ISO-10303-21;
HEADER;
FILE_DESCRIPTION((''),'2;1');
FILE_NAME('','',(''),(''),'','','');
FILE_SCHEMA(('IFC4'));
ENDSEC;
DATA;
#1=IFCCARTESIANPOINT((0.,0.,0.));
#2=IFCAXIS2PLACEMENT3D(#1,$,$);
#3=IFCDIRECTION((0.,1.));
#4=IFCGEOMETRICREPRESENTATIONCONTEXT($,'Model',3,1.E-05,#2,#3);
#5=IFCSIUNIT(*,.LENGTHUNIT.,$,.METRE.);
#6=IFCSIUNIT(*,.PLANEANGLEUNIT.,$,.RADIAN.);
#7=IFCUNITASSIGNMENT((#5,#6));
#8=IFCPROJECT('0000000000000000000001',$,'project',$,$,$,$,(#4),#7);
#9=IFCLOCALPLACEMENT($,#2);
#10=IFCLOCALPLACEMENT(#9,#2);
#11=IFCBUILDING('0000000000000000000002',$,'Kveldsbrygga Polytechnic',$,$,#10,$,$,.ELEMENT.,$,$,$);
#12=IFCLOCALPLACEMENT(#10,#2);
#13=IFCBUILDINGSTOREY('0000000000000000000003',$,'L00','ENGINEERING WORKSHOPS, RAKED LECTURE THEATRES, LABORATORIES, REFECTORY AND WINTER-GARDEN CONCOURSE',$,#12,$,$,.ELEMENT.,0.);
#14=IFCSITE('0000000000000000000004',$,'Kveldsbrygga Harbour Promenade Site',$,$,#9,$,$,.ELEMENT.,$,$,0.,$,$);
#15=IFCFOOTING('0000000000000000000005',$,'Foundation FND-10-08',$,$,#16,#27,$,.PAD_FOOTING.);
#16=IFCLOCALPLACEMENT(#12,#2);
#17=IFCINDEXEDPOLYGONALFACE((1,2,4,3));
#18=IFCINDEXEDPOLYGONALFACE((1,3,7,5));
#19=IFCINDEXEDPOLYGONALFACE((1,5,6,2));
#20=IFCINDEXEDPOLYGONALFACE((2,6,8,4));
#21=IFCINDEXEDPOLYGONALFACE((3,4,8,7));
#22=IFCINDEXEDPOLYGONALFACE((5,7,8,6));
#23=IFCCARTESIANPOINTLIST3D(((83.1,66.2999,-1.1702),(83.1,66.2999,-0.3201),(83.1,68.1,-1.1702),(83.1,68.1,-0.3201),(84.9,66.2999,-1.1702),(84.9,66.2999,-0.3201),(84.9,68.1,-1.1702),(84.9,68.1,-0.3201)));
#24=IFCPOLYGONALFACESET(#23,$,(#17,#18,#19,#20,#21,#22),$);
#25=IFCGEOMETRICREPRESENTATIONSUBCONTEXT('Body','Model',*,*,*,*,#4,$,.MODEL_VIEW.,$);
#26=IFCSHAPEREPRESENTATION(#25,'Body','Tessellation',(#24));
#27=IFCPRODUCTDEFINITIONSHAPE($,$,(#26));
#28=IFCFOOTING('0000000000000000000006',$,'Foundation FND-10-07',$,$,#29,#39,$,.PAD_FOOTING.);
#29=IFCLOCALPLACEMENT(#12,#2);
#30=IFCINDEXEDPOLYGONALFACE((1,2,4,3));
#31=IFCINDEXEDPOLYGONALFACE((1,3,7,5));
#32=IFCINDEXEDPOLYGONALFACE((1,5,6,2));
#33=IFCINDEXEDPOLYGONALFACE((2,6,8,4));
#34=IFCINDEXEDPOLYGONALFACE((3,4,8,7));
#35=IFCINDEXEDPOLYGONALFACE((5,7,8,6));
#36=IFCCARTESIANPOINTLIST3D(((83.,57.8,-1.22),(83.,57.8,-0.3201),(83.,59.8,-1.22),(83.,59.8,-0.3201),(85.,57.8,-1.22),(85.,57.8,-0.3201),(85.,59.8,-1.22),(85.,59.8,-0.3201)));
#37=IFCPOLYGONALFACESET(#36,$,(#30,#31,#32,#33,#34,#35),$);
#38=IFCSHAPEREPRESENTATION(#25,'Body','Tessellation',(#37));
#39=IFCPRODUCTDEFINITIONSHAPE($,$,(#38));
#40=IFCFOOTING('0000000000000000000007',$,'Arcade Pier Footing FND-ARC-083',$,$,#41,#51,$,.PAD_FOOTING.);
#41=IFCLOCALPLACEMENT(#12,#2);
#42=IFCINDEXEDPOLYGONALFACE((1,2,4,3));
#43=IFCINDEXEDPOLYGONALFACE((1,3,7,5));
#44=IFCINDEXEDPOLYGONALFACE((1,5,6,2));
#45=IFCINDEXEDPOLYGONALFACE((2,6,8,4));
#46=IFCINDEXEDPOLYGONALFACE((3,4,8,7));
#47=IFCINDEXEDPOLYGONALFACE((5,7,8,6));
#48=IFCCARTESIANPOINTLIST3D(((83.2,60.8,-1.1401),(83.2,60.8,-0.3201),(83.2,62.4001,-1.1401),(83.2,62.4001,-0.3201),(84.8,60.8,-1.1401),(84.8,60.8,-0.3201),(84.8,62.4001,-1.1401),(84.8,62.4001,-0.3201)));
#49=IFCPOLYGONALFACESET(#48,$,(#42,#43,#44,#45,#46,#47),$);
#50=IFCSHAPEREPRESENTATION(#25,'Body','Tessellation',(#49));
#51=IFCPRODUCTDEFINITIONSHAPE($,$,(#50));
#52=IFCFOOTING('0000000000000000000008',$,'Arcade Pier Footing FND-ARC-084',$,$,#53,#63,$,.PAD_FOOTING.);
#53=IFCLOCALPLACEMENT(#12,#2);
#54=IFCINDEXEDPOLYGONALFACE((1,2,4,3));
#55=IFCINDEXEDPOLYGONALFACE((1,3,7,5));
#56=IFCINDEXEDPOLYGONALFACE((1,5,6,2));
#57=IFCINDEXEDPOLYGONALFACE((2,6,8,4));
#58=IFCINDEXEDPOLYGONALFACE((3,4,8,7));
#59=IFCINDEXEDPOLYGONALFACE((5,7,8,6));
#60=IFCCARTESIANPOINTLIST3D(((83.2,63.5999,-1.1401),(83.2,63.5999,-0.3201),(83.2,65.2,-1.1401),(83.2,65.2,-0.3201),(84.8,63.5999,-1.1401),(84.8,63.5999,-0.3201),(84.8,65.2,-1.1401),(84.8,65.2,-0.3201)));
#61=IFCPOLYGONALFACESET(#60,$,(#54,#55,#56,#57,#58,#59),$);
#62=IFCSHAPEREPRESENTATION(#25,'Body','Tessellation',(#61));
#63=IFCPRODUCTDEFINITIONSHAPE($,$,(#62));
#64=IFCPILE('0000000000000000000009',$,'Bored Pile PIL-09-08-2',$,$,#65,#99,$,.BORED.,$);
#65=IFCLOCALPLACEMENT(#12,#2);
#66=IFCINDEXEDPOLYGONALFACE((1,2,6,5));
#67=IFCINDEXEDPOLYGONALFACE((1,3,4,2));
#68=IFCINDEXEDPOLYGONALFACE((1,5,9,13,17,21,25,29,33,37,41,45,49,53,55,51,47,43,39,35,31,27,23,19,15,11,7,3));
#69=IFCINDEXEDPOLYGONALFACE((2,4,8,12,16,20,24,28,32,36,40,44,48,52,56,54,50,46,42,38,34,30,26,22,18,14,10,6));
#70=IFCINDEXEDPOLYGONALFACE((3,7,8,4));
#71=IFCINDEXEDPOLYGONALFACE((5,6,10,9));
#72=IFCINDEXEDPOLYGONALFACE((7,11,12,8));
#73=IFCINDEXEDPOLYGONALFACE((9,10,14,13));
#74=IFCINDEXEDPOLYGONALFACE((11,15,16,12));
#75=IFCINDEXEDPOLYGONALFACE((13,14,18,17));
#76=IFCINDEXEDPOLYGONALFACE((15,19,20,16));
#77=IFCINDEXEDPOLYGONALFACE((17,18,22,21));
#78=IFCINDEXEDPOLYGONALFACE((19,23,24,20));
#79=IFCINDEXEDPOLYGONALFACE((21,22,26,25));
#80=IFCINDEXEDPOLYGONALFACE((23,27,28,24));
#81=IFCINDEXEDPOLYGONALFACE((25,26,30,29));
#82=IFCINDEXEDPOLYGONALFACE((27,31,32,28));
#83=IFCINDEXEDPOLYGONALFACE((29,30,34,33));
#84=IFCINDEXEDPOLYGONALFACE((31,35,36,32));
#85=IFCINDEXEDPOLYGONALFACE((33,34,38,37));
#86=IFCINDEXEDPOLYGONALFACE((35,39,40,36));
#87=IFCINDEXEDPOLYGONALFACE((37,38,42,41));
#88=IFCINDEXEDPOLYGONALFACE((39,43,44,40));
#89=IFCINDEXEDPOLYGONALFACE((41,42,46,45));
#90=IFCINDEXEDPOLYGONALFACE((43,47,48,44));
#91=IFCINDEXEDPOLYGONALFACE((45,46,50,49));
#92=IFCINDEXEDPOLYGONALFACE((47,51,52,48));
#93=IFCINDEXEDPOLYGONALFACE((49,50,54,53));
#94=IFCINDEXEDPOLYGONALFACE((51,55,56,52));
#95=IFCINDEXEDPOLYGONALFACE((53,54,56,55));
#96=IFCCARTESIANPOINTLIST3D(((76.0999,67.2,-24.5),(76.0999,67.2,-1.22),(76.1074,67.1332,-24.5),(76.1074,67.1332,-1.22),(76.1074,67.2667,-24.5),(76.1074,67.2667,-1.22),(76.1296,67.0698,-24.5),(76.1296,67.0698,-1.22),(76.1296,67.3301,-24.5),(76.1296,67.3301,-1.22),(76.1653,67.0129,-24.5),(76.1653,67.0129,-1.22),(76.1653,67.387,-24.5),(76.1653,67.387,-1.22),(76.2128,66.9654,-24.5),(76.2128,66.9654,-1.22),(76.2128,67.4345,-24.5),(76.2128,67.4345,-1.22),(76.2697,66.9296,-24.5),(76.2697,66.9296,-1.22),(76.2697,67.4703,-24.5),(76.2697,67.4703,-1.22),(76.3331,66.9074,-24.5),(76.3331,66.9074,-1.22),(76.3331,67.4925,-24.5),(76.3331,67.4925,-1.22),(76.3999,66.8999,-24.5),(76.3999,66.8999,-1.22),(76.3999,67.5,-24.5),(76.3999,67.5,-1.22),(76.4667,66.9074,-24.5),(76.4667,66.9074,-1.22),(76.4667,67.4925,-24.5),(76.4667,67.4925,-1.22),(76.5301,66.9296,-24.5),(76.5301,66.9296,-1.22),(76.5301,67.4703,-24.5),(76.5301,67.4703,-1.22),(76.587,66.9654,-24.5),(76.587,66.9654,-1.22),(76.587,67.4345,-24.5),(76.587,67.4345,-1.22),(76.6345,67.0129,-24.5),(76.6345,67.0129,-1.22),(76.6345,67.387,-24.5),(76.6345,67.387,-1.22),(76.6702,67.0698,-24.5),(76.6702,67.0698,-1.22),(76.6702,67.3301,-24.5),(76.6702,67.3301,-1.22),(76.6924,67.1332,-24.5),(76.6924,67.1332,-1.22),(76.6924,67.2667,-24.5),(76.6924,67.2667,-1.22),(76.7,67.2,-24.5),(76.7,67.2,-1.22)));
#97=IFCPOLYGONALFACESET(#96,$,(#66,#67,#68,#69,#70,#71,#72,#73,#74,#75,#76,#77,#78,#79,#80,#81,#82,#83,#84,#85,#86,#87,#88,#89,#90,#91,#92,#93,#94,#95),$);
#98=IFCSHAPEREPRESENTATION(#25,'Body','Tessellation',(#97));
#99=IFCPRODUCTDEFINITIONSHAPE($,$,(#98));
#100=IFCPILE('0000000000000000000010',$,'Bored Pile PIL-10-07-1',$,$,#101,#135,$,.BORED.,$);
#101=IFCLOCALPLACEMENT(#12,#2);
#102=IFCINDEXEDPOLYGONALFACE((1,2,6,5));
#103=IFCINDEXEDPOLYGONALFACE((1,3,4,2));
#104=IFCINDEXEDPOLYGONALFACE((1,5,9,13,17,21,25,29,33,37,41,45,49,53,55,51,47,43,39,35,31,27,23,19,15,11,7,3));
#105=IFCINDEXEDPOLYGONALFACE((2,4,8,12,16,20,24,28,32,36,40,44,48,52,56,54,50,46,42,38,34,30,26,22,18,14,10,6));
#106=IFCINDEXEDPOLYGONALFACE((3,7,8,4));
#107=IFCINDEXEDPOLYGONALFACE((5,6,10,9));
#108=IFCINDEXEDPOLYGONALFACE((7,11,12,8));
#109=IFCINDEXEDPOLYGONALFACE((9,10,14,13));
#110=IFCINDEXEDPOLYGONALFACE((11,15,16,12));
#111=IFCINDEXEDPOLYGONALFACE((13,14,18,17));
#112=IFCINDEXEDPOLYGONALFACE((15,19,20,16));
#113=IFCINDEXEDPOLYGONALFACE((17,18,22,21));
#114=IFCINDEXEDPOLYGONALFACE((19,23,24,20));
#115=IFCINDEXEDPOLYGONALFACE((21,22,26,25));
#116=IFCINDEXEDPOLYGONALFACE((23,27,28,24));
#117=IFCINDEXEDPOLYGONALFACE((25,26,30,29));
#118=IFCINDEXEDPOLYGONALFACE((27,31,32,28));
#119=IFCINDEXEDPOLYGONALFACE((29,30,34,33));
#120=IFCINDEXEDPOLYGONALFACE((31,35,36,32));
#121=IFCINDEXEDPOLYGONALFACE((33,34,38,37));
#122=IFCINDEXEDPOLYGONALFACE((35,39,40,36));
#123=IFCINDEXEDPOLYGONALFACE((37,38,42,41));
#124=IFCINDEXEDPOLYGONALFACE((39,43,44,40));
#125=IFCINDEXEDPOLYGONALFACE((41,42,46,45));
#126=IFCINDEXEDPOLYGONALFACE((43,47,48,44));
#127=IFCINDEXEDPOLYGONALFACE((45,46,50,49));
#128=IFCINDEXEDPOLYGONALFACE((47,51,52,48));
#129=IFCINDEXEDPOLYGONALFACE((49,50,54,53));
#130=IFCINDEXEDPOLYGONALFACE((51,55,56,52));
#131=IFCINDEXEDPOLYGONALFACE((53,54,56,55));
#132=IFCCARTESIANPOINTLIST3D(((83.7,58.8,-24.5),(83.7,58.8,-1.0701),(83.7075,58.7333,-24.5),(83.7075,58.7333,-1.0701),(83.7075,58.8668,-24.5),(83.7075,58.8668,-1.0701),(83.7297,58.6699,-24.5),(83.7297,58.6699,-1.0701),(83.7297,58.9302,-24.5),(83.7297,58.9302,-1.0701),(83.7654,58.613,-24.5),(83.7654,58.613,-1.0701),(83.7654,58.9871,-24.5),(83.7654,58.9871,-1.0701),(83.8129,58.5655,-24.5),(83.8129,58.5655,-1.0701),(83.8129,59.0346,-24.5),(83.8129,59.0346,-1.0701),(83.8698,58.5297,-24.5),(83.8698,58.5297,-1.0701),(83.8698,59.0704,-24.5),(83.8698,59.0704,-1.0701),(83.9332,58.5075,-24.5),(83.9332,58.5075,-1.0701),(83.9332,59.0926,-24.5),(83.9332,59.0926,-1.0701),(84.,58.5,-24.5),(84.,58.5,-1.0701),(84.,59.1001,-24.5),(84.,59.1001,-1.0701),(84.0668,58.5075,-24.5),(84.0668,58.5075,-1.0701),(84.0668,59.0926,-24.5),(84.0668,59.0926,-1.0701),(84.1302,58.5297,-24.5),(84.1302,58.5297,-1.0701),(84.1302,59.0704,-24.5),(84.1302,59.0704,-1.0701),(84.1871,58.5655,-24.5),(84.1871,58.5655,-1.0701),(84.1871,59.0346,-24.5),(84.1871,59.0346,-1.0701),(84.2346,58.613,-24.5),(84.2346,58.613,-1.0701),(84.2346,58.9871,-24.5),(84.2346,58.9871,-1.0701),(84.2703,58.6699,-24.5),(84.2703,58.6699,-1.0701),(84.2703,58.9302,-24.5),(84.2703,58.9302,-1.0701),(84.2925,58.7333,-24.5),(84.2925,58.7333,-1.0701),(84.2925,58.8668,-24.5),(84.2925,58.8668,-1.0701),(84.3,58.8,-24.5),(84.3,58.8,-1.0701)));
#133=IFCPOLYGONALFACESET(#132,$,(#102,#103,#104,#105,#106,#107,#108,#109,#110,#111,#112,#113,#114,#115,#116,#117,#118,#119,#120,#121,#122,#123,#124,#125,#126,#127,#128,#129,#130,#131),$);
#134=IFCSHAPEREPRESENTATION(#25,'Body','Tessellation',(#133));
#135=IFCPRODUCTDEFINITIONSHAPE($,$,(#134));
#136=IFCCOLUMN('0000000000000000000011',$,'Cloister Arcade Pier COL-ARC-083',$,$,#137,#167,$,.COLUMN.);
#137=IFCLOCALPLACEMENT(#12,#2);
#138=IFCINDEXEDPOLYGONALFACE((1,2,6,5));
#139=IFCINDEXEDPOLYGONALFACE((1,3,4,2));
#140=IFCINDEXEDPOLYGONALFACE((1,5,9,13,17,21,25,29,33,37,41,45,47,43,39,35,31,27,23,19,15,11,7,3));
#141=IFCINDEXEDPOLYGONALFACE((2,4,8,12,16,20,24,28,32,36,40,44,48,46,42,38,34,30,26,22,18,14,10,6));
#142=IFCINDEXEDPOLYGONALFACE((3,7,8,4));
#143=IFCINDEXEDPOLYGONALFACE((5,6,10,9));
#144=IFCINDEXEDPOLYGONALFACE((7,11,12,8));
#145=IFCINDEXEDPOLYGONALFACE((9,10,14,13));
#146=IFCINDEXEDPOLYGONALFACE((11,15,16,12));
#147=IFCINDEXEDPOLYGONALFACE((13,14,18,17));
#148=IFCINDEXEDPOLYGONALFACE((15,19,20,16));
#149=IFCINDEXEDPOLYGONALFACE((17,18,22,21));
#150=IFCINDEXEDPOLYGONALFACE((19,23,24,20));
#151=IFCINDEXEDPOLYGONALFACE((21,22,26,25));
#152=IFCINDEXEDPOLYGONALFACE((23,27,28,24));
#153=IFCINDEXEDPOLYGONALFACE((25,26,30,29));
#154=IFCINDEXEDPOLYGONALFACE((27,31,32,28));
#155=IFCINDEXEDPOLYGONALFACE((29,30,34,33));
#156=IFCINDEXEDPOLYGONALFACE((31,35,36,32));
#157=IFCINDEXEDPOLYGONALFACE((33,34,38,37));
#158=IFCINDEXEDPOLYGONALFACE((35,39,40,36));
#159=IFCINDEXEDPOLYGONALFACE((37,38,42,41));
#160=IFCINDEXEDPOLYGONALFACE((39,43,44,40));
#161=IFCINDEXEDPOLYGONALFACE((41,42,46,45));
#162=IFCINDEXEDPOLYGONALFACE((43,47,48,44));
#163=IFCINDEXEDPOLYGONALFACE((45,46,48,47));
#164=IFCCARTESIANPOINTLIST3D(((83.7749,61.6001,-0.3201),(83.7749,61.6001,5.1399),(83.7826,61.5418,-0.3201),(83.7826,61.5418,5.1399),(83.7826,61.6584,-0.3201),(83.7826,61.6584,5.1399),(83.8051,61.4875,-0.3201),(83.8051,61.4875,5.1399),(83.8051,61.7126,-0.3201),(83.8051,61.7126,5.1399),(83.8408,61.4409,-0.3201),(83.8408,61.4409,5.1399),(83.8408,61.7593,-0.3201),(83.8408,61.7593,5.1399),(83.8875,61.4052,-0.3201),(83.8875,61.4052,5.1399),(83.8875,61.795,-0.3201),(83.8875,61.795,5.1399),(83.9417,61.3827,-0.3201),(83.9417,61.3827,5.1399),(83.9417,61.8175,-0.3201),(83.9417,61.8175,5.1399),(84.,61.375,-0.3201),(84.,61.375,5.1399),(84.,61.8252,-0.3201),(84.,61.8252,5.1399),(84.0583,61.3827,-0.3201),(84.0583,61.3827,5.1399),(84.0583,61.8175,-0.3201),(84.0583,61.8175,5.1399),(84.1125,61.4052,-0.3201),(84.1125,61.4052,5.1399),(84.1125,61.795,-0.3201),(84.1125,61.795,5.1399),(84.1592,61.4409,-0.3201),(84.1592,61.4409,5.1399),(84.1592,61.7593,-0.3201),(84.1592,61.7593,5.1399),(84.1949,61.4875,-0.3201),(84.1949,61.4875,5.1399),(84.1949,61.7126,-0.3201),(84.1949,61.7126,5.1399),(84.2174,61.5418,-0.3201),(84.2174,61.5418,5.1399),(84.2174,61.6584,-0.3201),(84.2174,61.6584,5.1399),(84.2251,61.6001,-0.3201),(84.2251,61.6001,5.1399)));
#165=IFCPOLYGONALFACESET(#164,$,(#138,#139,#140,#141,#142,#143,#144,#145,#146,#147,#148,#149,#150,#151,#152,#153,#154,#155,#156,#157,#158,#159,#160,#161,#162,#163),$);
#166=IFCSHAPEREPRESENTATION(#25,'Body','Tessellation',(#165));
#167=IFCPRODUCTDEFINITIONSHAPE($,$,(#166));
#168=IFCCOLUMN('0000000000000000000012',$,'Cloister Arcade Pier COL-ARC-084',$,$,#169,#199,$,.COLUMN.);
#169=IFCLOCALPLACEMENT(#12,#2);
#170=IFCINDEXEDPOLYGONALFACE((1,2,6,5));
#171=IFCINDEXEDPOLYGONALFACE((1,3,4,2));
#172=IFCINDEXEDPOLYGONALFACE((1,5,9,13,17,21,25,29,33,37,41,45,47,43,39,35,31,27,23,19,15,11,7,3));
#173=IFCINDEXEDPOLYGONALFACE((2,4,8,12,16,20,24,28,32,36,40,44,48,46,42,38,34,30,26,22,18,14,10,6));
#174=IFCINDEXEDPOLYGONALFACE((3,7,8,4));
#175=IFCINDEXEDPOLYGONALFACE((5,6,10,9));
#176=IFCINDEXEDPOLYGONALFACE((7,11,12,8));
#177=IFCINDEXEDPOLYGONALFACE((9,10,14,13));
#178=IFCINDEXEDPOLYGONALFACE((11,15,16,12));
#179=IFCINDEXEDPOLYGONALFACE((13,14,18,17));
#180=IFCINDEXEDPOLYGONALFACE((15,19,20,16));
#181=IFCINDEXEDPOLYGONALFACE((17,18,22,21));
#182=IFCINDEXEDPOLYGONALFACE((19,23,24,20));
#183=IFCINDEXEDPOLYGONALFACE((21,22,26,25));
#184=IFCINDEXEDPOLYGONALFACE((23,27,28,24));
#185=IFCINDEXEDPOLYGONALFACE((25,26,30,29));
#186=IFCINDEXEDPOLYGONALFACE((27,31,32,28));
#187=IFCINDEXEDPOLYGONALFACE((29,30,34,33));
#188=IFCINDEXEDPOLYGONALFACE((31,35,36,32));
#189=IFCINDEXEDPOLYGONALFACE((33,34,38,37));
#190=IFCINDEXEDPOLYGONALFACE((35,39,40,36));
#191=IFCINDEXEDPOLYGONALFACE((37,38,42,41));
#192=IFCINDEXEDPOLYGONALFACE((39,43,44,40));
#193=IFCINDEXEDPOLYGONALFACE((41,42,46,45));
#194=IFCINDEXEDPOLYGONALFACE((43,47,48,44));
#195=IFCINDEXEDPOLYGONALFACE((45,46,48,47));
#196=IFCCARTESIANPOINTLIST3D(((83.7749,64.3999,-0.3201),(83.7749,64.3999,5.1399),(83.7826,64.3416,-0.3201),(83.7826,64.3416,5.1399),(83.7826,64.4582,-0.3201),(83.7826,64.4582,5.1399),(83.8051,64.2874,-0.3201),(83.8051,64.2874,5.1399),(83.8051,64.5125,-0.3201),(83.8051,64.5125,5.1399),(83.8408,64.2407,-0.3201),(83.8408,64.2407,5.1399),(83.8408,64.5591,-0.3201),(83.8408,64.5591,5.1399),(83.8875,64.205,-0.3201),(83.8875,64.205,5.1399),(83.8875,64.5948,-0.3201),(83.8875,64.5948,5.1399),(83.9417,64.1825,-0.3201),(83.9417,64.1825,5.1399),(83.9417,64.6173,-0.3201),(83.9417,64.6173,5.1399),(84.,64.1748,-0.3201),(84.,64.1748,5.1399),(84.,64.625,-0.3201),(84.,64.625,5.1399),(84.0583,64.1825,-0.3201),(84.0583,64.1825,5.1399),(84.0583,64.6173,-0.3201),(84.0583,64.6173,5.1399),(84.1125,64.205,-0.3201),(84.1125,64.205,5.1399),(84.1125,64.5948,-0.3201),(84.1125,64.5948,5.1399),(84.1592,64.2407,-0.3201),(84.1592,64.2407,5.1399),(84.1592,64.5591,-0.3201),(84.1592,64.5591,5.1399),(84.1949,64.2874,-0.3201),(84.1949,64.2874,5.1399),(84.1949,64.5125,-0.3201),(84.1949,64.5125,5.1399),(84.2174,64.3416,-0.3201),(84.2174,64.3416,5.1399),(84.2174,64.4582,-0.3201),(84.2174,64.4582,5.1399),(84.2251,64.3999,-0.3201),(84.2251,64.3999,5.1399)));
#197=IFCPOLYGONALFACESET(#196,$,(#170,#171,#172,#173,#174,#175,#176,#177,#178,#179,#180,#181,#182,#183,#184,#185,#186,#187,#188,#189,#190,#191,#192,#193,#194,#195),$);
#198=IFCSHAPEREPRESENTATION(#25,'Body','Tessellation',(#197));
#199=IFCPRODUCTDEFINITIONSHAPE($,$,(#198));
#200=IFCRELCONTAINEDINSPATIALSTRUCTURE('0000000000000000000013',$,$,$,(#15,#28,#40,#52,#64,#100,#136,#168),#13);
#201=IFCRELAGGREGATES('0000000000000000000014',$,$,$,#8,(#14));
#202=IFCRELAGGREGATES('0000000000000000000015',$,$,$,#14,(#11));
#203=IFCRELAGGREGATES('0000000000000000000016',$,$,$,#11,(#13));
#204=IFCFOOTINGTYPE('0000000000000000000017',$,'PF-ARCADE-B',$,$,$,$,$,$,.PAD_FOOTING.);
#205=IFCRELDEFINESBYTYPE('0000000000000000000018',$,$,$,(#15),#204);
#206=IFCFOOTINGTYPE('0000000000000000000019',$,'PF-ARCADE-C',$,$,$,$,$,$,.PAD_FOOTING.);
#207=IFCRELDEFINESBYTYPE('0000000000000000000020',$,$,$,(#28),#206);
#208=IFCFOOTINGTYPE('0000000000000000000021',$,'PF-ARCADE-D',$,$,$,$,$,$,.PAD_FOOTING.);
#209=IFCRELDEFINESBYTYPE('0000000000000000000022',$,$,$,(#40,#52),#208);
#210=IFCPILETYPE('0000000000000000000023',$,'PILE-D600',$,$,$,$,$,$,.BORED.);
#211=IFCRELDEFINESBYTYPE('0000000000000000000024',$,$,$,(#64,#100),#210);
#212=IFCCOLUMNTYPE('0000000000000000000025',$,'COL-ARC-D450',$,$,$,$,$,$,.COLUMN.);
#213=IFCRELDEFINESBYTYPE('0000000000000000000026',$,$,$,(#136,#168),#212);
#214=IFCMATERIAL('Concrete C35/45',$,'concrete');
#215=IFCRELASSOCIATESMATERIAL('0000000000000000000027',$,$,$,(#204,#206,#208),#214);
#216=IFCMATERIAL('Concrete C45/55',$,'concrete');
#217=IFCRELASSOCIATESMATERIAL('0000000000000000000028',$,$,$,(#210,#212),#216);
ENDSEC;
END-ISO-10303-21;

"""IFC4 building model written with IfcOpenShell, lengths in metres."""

from ifc_helpers import new_model, si_unit, direction, frame, origin, origin_2d, place, context, subcontext, project, spatial, rectangle, circle, extrude, material, material_profile, profile_set, type_object, element, save


model = new_model("IFC4")

# Units and contexts
model_context = context("Model", 3, precision=1e-05, world=origin(), true_north=direction((0.0, 1.0)))
body_context = subcontext(model_context, "Body", "Model", "MODEL_VIEW")
ifc_project = project(units=[si_unit("LENGTHUNIT", "METRE"), si_unit("PLANEANGLEUNIT", "RADIAN")], contexts=[model_context])

# Site, building, storey
site_placement = place(None, origin())
site = spatial("IfcSite", under=ifc_project, at=site_placement, Name="Kveldsbrygga Harbour Promenade Site", CompositionType="ELEMENT", RefElevation=0.0)
building_placement = place(site_placement, origin())
building = spatial("IfcBuilding", under=site, at=building_placement, Name="Kveldsbrygga Polytechnic", CompositionType="ELEMENT")
storey_placement = place(building_placement, origin())
storey = spatial("IfcBuildingStorey", under=building, at=storey_placement, Name="L00", Description="ENGINEERING WORKSHOPS, RAKED LECTURE THEATRES, LABORATORIES, REFECTORY AND WINTER-GARDEN CONCOURSE", CompositionType="ELEMENT", Elevation=0.0)

# Footings
ifc_material_1 = material(Name="Concrete C35/45", Category="concrete")
footing_type_1 = type_object("IfcFootingType", Name="PF-ARCADE-B", PredefinedType="PAD_FOOTING", material=ifc_material_1)
footing_1_placement = place(storey_placement, frame((84.0, 67.2, -1.1702), z_axis=(0.0, 0.0, 1.0), x_axis=(1.0, 0.0, 0.0)))
element("IfcFooting", 1, at=footing_1_placement, inside=storey, type_object=footing_type_1, Name="Foundation FND-10-08", PredefinedType="PAD_FOOTING", context=body_context, shape_type="SweptSolid", body=[
    extrude(rectangle(XDim=1.8, YDim=1.8, at=origin_2d()), origin(), (0.0, 0.0, 1.0), 0.8501),
])
footing_type_2 = type_object("IfcFootingType", Name="PF-ARCADE-C", PredefinedType="PAD_FOOTING", material=ifc_material_1)
footing_2_placement = place(storey_placement, frame((84.0, 58.8, -1.22), z_axis=(0.0, 0.0, 1.0), x_axis=(1.0, 0.0, 0.0)))
element("IfcFooting", 2, at=footing_2_placement, inside=storey, type_object=footing_type_2, Name="Foundation FND-10-07", PredefinedType="PAD_FOOTING", context=body_context, shape_type="SweptSolid", body=[
    extrude(rectangle(XDim=2.0, YDim=2.0, at=origin_2d()), origin(), (0.0, 0.0, 1.0), 0.8999),
])
footing_type_3 = type_object("IfcFootingType", Name="PF-ARCADE-D", PredefinedType="PAD_FOOTING", material=ifc_material_1)
for number, where, z_axis, x_axis, name in (
    (3, (84.0, 61.6001, -1.1401), (0.0, 0.0, 1.0), (1.0, 0.0, 0.0), "Arcade Pier Footing FND-ARC-083"),
    (4, (84.0, 64.3999, -1.1401), (0.0, 0.0, 1.0), (1.0, 0.0, 0.0), "Arcade Pier Footing FND-ARC-084"),
):
    element("IfcFooting", number, at=place(storey_placement, frame(where, z_axis=z_axis, x_axis=x_axis)), inside=storey, type_object=footing_type_3, Name=name, PredefinedType="PAD_FOOTING", context=body_context, shape_type="SweptSolid", body=[
        extrude(rectangle(XDim=1.6001, YDim=1.6001, at=origin_2d()), origin(), (0.0, 0.0, 1.0), 0.8201),
    ])

# Piles
ifc_material_2 = material(Name="Concrete C45/55", Category="concrete")
ifc_material_profile_1 = material_profile(ifc_material_2, circle(Radius=0.3, at=origin_2d()), Name="PILE D600")
ifc_profile_set_1 = profile_set([ifc_material_profile_1], Name="Concrete C45/55")
pile_type = type_object("IfcPileType", Name="PILE-D600", PredefinedType="BORED", material=ifc_profile_set_1)
pile_1_placement = place(storey_placement, frame((76.3999, 67.2, -1.22), z_axis=(0.0, 0.0, -1.0), x_axis=(1.0, 0.0, 0.0)))
element("IfcPile", 5, at=pile_1_placement, inside=storey, type_object=pile_type, Name="Bored Pile PIL-09-08-2", PredefinedType="BORED", context=body_context, shape_type="SweptSolid", body=[
    extrude(circle(Radius=0.3, at=origin_2d()), origin(), (0.0, 0.0, 1.0), 23.28),
])
pile_2_placement = place(storey_placement, frame((84.0, 58.8, -1.0701), z_axis=(0.0, 0.0, -1.0), x_axis=(1.0, 0.0, 0.0)))
element("IfcPile", 6, at=pile_2_placement, inside=storey, type_object=pile_type, Name="Bored Pile PIL-10-07-1", PredefinedType="BORED", context=body_context, shape_type="SweptSolid", body=[
    extrude(circle(Radius=0.3, at=origin_2d()), origin(), (0.0, 0.0, 1.0), 23.4299),
])

# Columns
ifc_material_profile_2 = material_profile(ifc_material_2, circle(Radius=0.2251, at=origin_2d()), Name="RC D450")
ifc_profile_set_2 = profile_set([ifc_material_profile_2], Name="Concrete C45/55")
column_type_1 = type_object("IfcColumnType", Name="COL-ARC-D450", PredefinedType="COLUMN", material=ifc_profile_set_2)
for number, where, z_axis, x_axis, name in (
    (7, (84.0, 61.6001, -0.3201), (0.0, 0.0, 1.0), (1.0, 0.0, 0.0), "Cloister Arcade Pier COL-ARC-083"),
    (8, (84.0, 64.3999, -0.3201), (0.0, 0.0, 1.0), (1.0, 0.0, 0.0), "Cloister Arcade Pier COL-ARC-084"),
):
    element("IfcColumn", number, at=place(storey_placement, frame(where, z_axis=z_axis, x_axis=x_axis)), inside=storey, type_object=column_type_1, Name=name, PredefinedType="COLUMN", context=body_context, shape_type="SweptSolid", body=[
        extrude(circle(Radius=0.2251, at=origin_2d()), origin(), (0.0, 0.0, 1.0), 5.46),
    ])

save(model, "model.ifc")
